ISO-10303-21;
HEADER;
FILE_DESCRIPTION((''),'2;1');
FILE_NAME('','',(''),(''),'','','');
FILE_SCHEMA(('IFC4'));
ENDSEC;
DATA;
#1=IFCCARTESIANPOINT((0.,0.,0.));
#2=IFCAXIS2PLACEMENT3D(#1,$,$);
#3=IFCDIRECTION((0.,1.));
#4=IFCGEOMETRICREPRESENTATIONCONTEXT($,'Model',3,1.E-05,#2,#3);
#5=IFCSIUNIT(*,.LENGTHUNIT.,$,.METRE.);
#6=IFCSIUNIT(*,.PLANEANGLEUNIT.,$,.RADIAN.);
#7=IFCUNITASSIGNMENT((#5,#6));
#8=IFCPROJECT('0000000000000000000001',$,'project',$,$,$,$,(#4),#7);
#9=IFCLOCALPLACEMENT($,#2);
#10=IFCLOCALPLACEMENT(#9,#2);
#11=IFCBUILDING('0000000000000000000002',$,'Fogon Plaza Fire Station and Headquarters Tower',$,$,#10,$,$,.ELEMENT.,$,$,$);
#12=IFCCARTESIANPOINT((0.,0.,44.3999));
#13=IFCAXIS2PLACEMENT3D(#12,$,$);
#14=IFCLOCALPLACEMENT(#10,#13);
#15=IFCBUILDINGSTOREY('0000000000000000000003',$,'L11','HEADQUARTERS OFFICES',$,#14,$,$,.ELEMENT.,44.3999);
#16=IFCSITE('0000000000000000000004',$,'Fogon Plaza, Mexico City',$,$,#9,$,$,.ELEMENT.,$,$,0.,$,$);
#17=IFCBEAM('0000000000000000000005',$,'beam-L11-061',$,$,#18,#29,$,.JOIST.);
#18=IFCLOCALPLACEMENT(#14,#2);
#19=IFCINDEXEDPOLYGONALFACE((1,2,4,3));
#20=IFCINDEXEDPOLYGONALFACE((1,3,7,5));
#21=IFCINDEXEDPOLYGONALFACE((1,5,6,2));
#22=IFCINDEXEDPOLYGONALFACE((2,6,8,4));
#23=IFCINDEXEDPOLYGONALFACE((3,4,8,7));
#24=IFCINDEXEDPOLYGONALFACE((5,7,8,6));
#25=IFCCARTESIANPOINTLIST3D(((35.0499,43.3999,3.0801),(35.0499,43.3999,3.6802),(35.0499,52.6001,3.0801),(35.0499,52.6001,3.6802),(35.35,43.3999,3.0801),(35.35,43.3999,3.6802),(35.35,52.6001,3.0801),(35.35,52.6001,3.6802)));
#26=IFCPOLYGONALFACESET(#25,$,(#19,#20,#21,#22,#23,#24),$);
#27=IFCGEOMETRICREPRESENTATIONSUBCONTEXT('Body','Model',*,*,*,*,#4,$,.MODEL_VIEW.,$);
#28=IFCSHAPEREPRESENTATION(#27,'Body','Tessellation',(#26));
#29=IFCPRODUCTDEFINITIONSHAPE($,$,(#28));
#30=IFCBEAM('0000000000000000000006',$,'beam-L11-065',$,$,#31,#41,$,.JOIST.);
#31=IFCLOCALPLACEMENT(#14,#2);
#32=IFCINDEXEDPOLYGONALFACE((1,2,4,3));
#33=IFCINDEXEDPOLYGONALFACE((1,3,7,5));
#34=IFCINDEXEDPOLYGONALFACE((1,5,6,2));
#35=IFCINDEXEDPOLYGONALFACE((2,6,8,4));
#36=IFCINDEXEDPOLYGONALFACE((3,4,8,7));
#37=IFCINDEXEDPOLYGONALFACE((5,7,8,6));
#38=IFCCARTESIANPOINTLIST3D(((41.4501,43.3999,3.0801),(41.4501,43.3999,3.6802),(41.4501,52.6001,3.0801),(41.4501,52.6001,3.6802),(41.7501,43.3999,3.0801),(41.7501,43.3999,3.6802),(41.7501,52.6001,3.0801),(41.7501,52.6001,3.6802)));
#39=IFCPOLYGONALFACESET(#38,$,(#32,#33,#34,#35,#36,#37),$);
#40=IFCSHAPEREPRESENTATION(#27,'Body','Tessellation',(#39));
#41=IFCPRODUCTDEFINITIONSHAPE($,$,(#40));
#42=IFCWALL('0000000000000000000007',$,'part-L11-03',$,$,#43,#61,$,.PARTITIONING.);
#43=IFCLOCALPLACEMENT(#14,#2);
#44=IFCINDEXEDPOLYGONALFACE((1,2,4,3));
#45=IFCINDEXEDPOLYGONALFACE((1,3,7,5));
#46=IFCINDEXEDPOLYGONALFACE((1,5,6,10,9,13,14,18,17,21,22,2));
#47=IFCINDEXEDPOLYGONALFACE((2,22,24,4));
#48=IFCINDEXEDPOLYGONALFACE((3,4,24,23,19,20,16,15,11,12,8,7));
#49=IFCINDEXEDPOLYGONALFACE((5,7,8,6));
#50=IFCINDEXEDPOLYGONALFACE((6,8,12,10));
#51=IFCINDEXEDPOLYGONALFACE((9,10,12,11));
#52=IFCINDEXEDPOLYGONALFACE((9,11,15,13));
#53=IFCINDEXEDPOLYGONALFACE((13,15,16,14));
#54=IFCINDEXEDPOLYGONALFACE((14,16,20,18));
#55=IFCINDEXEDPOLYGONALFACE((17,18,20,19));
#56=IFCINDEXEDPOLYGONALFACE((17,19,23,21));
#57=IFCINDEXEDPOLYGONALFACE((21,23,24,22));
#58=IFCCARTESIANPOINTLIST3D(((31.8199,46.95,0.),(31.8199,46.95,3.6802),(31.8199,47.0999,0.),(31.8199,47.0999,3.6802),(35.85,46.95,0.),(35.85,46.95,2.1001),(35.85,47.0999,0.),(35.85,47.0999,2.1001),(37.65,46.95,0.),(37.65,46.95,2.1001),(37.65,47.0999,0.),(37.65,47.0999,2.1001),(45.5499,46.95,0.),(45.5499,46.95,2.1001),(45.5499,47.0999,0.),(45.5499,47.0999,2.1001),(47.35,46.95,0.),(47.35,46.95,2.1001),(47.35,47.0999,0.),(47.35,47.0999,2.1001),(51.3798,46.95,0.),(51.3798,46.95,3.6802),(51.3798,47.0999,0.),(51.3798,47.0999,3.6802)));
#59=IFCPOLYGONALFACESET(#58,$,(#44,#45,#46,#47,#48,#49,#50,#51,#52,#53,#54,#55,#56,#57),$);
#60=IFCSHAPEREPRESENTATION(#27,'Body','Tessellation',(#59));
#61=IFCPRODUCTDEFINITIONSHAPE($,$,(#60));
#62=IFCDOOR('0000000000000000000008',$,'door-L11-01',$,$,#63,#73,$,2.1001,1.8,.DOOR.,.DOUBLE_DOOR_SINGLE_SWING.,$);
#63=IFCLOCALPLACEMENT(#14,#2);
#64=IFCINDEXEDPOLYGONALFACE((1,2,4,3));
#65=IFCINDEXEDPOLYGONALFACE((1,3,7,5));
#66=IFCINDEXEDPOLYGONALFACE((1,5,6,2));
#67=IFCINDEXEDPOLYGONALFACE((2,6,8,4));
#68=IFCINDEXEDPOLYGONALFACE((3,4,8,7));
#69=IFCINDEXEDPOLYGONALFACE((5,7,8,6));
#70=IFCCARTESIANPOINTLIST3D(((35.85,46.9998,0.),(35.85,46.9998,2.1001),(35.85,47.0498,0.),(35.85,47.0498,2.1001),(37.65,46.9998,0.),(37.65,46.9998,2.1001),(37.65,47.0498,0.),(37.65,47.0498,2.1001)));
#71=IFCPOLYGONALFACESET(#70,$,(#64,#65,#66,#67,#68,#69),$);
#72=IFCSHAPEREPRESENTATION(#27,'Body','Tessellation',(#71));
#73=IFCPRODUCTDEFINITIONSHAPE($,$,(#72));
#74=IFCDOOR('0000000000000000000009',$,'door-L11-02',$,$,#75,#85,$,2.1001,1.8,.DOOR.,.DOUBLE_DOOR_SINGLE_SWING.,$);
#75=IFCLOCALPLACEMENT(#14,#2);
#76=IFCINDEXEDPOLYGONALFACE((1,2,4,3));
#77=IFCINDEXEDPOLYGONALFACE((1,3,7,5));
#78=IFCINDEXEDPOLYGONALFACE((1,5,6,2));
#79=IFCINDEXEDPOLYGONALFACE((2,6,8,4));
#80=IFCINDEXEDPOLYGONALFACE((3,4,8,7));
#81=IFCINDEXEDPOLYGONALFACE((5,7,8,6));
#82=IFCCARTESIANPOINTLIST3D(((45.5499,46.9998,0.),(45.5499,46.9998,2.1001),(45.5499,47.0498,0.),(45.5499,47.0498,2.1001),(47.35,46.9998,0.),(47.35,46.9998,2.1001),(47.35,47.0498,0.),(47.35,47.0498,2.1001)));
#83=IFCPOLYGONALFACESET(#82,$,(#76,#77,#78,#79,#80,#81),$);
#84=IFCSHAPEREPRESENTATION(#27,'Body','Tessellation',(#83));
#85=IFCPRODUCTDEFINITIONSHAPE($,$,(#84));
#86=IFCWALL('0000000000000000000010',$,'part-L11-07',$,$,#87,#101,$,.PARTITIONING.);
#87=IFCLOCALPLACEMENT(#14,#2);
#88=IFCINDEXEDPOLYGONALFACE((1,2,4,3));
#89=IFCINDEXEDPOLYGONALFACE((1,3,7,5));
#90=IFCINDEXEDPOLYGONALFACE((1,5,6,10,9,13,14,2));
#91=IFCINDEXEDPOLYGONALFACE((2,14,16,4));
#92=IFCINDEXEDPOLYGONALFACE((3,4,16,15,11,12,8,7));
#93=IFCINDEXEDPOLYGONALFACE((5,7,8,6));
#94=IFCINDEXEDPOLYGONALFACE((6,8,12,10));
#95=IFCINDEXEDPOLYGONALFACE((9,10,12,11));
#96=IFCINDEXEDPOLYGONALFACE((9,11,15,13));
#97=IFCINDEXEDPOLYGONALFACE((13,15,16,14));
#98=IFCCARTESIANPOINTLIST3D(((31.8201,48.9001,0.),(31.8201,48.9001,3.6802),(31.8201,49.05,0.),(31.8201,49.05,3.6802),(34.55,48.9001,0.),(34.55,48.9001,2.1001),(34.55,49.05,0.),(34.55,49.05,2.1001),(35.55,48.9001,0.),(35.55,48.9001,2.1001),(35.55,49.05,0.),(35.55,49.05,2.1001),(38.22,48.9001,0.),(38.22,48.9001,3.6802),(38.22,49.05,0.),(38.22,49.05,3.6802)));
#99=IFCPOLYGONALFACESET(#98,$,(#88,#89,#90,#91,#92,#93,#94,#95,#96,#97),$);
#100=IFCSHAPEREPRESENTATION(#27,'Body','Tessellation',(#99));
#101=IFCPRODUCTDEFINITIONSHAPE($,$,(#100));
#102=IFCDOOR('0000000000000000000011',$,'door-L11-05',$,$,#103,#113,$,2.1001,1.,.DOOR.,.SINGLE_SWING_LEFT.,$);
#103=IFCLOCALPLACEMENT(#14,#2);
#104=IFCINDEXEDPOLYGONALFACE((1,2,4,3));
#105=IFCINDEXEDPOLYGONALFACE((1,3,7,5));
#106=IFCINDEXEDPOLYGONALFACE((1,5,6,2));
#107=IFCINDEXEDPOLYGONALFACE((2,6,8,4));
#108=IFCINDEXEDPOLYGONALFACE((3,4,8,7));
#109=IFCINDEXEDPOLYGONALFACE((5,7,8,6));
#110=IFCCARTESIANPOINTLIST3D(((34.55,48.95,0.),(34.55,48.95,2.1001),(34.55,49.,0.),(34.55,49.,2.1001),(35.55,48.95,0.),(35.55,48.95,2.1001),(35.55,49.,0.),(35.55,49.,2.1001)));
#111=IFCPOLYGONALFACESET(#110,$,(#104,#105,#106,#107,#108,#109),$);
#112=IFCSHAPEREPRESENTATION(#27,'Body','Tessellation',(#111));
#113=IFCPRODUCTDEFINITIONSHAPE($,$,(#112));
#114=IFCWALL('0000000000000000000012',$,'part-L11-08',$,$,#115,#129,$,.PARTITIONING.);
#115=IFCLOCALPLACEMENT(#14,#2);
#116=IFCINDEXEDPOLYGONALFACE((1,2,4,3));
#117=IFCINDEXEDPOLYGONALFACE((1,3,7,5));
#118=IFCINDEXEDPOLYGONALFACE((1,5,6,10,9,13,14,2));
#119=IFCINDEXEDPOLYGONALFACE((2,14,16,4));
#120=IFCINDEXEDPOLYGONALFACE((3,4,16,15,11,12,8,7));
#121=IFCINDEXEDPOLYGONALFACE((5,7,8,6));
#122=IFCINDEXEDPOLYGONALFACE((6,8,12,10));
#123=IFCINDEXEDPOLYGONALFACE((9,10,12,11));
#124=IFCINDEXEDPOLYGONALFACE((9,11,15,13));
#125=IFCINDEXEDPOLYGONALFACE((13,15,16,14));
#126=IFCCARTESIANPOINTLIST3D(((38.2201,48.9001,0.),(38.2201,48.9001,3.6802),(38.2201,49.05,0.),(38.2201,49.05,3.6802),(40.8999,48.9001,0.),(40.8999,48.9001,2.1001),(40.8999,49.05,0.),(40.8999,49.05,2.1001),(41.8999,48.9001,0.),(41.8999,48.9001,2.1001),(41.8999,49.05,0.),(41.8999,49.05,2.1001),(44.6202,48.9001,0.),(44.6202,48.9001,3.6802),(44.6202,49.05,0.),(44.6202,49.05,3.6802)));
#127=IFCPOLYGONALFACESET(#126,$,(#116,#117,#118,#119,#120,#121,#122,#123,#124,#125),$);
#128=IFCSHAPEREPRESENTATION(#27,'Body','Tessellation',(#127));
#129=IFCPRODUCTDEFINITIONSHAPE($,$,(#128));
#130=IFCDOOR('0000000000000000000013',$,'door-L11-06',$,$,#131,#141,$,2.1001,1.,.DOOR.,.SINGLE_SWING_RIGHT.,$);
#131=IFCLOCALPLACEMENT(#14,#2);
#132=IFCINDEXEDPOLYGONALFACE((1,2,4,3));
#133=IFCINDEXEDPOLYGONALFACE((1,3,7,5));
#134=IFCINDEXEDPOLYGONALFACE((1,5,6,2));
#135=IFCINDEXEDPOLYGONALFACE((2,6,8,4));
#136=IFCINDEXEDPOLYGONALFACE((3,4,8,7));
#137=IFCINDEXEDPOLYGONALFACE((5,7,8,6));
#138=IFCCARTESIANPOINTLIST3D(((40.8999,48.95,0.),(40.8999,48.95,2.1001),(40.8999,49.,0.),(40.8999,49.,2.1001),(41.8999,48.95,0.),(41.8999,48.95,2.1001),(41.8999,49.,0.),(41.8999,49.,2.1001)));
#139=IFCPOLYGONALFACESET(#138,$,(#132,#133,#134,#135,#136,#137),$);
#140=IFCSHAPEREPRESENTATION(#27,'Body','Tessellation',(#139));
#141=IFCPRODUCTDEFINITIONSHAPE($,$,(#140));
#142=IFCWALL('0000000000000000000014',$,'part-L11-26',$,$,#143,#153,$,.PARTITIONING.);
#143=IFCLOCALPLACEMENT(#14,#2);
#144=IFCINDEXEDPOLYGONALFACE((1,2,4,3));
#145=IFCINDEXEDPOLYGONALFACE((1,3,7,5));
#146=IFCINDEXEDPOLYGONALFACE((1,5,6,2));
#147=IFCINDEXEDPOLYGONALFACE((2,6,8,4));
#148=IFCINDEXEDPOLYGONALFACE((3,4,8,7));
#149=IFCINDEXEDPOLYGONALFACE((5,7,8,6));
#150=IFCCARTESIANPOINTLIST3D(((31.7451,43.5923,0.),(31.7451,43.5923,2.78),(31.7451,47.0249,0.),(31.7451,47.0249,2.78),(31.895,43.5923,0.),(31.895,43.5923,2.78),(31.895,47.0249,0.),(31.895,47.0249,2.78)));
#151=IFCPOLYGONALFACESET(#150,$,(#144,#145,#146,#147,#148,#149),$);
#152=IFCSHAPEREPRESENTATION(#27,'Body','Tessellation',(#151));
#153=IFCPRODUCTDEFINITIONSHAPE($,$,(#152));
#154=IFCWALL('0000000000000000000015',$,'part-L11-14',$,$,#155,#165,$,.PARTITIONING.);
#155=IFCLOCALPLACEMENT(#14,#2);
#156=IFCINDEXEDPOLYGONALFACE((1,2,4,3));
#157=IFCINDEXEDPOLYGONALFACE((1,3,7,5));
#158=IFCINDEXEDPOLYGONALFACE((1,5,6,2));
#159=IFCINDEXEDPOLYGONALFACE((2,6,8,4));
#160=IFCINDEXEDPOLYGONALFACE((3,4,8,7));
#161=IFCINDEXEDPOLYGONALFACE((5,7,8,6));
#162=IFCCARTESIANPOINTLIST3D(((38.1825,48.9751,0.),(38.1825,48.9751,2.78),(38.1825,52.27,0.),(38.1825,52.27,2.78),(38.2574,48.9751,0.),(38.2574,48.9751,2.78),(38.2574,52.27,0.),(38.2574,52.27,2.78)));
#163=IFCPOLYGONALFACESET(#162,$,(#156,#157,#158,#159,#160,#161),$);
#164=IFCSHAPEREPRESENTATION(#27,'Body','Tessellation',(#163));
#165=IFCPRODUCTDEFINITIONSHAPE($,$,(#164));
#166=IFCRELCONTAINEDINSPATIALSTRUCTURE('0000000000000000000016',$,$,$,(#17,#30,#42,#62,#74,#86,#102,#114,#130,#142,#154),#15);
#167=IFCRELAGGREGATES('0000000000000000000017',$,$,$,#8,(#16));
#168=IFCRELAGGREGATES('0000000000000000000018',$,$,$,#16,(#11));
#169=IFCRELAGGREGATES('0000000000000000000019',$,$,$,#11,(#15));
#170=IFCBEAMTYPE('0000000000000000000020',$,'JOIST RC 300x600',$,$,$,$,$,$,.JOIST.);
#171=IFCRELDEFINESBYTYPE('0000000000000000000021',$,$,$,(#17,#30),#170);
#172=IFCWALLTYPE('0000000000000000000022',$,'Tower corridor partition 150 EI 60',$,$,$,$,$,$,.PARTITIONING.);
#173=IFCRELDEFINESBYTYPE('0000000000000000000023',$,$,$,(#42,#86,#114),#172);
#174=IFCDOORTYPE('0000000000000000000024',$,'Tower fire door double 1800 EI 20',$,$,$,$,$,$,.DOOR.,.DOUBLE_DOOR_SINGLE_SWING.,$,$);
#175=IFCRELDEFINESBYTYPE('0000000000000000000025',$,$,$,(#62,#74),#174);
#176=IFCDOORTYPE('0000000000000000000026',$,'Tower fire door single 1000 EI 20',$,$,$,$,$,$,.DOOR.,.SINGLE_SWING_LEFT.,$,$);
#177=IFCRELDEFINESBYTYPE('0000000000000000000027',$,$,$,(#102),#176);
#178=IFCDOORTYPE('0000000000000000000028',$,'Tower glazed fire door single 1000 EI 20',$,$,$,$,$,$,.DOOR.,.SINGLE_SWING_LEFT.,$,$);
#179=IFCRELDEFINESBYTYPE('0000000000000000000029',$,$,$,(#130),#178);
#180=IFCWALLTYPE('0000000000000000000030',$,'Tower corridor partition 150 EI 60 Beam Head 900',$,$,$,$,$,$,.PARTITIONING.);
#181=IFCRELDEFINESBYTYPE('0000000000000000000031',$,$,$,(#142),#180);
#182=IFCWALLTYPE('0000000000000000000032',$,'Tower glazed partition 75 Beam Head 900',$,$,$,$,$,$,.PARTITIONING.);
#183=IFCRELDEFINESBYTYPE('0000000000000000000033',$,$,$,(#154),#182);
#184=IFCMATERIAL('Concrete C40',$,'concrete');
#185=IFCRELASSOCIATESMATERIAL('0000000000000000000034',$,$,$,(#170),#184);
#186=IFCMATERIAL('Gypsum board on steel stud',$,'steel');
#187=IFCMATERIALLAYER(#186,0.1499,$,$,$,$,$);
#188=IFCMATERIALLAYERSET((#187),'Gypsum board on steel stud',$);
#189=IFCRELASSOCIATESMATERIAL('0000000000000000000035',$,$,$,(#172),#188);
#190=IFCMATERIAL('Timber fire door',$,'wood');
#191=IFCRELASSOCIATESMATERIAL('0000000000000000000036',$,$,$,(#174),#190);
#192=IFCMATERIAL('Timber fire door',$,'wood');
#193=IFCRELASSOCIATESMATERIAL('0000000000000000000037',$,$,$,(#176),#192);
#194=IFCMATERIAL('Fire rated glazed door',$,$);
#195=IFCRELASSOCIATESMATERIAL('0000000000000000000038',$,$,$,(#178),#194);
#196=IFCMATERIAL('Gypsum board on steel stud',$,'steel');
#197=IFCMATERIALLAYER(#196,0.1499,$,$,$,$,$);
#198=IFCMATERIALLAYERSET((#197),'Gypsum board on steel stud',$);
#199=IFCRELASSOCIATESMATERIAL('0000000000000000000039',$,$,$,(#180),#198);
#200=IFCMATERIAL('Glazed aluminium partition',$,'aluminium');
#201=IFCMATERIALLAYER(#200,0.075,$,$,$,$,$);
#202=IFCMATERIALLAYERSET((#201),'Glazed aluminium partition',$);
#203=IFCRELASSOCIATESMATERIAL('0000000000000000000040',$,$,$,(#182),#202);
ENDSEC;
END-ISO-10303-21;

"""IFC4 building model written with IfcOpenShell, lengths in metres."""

from ifc_helpers import new_model, si_unit, direction, frame, frame_2d, origin, origin_2d, place, context, subcontext, project, spatial, rectangle, extrude, material, layer, layer_set, material_profile, profile_set, type_object, element, fill, save


model = new_model("IFC4")

# Units and contexts
model_context = context("Model", 3, precision=1e-05, world=origin(), true_north=direction((0.0, 1.0)))
body_context = subcontext(model_context, "Body", "Model", "MODEL_VIEW")
ifc_project = project(units=[si_unit("LENGTHUNIT", "METRE"), si_unit("PLANEANGLEUNIT", "RADIAN")], contexts=[model_context])

# Site, building, storey
site_placement = place(None, origin())
site = spatial("IfcSite", under=ifc_project, at=site_placement, Name="Fogon Plaza, Mexico City", CompositionType="ELEMENT", RefElevation=0.0)
building_placement = place(site_placement, origin())
building = spatial("IfcBuilding", under=site, at=building_placement, Name="Fogon Plaza Fire Station and Headquarters Tower", CompositionType="ELEMENT")
storey_placement = place(building_placement, frame((0.0, 0.0, 44.3999)))
storey = spatial("IfcBuildingStorey", under=building, at=storey_placement, Name="L11", Description="HEADQUARTERS OFFICES", CompositionType="ELEMENT", Elevation=44.3999)

# Beams
ifc_material_1 = material(Name="Concrete C40", Category="concrete")
ifc_material_profile_1 = material_profile(ifc_material_1, rectangle(XDim=0.3, YDim=0.6001, at=origin_2d()), Name="RC 300x600")
ifc_profile_set_1 = profile_set([ifc_material_profile_1], Name="Concrete C40")
beam_type_1 = type_object("IfcBeamType", Name="JOIST RC 300x600", PredefinedType="JOIST", material=ifc_profile_set_1)
for number, where, z_axis, x_axis, name in (
    (1, (35.2, 43.3999, 3.3801), (0.0, 1.0, 0.0), (-1.0, 0.0, 0.0), "beam-L11-061"),
    (2, (41.6001, 43.3999, 3.3801), (0.0, 1.0, 0.0), (-1.0, 0.0, 0.0), "beam-L11-065"),
):
    element("IfcBeam", number, at=place(storey_placement, frame(where, z_axis=z_axis, x_axis=x_axis)), inside=storey, type_object=beam_type_1, Name=name, PredefinedType="JOIST", context=body_context, shape_type="SweptSolid", body=[
        extrude(rectangle(XDim=0.3, YDim=0.6001, at=origin_2d()), origin(), (0.0, 0.0, 1.0), 9.2002),
    ])

# Wall, openings, doors
ifc_material_2 = material(Name="Gypsum board on steel stud", Category="steel")
ifc_layer_1 = layer(ifc_material_2, 0.1499)
ifc_layer_set_1 = layer_set([ifc_layer_1], Name="Gypsum board on steel stud")
wall_type_1 = type_object("IfcWallType", Name="Tower corridor partition 150 EI 60", PredefinedType="PARTITIONING", material=ifc_layer_set_1)
wall_1_placement = place(storey_placement, frame((31.8201, 47.0249, 0.0), z_axis=(0.0, 0.0, 1.0), x_axis=(1.0, 0.0, 0.0)))
wall_1 = element("IfcWall", 3, at=wall_1_placement, inside=storey, type_object=wall_type_1, Name="part-L11-03", PredefinedType="PARTITIONING", context=body_context, shape_type="SweptSolid", body=[
    extrude(rectangle(XDim=19.5598, YDim=0.1499, at=frame_2d((9.7798, 0.0))), origin(), (0.0, 0.0, 1.0), 3.6802),
])
opening_1_placement = place(wall_1_placement, frame((4.03, 0.0, 0.0)))
opening_1 = element("IfcOpeningElement", 4, at=opening_1_placement, cuts=wall_1, PredefinedType="OPENING", context=body_context, shape_type="SweptSolid", body=[
    extrude(rectangle(XDim=1.8, YDim=2.1001, at=frame_2d((0.8999, 1.05))), frame((0.0, 0.085, 0.0), z_axis=(0.0, -1.0, 0.0), x_axis=(1.0, 0.0, 0.0)), (0.0, 0.0, 1.0), 0.1699),
])
opening_2_placement = place(wall_1_placement, frame((13.73, 0.0, 0.0)))
opening_2 = element("IfcOpeningElement", 5, at=opening_2_placement, cuts=wall_1, PredefinedType="OPENING", context=body_context, shape_type="SweptSolid", body=[
    extrude(rectangle(XDim=1.8, YDim=2.1001, at=frame_2d((0.8999, 1.05))), frame((0.0, 0.085, 0.0), z_axis=(0.0, -1.0, 0.0), x_axis=(1.0, 0.0, 0.0)), (0.0, 0.0, 1.0), 0.1699),
])
ifc_material_3 = material(Name="Timber fire door", Category="wood")
door_type_1 = type_object("IfcDoorType", Name="Tower fire door double 1800 EI 20", OperationType="DOUBLE_DOOR_SINGLE_SWING", PredefinedType="DOOR", material=ifc_material_3)
door_1_placement = place(opening_1_placement, origin())
door_1 = element("IfcDoor", 6, at=door_1_placement, inside=storey, type_object=door_type_1, Name="door-L11-01", OperationType="DOUBLE_DOOR_SINGLE_SWING", OverallHeight=2.1001, OverallWidth=1.8, PredefinedType="DOOR", context=body_context, shape_type="SweptSolid", body=[
    extrude(rectangle(XDim=1.8, YDim=2.1001, at=frame_2d((0.8999, 1.05))), frame((0.0, 0.0249, 0.0), z_axis=(0.0, -1.0, 0.0), x_axis=(1.0, 0.0, 0.0)), (0.0, 0.0, 1.0), 0.05),
])
fill(opening_1, door_1)
door_2_placement = place(opening_2_placement, origin())
door_2 = element("IfcDoor", 7, at=door_2_placement, inside=storey, type_object=door_type_1, Name="door-L11-02", OperationType="DOUBLE_DOOR_SINGLE_SWING", OverallHeight=2.1001, OverallWidth=1.8, PredefinedType="DOOR", context=body_context, shape_type="SweptSolid", body=[
    extrude(rectangle(XDim=1.8, YDim=2.1001, at=frame_2d((0.8999, 1.05))), frame((0.0, 0.0249, 0.0), z_axis=(0.0, -1.0, 0.0), x_axis=(1.0, 0.0, 0.0)), (0.0, 0.0, 1.0), 0.05),
])
fill(opening_2, door_2)

# Walls, openings, doors
wall_2_placement = place(storey_placement, frame((31.8201, 48.9751, 0.0), z_axis=(0.0, 0.0, 1.0), x_axis=(1.0, 0.0, 0.0)))
wall_2 = element("IfcWall", 8, at=wall_2_placement, inside=storey, type_object=wall_type_1, Name="part-L11-07", PredefinedType="PARTITIONING", context=body_context, shape_type="SweptSolid", body=[
    extrude(rectangle(XDim=6.3999, YDim=0.1499, at=frame_2d((3.2, 0.0))), origin(), (0.0, 0.0, 1.0), 3.6802),
])
opening_3_placement = place(wall_2_placement, frame((2.73, 0.0, 0.0)))
opening_3 = element("IfcOpeningElement", 9, at=opening_3_placement, cuts=wall_2, PredefinedType="OPENING", context=body_context, shape_type="SweptSolid", body=[
    extrude(rectangle(XDim=1.0, YDim=2.1001, at=frame_2d((0.5, 1.05))), frame((0.0, 0.085, 0.0), z_axis=(0.0, -1.0, 0.0), x_axis=(1.0, 0.0, 0.0)), (0.0, 0.0, 1.0), 0.1699),
])
ifc_material_4 = material(Name="Timber fire door", Category="wood")
door_type_2 = type_object("IfcDoorType", Name="Tower fire door single 1000 EI 20", OperationType="SINGLE_SWING_LEFT", PredefinedType="DOOR", material=ifc_material_4)
door_3_placement = place(opening_3_placement, origin())
door_3 = element("IfcDoor", 10, at=door_3_placement, inside=storey, type_object=door_type_2, Name="door-L11-05", OperationType="SINGLE_SWING_LEFT", OverallHeight=2.1001, OverallWidth=1.0, PredefinedType="DOOR", context=body_context, shape_type="SweptSolid", body=[
    extrude(rectangle(XDim=1.0, YDim=2.1001, at=frame_2d((0.5, 1.05))), frame((0.0, 0.0249, 0.0), z_axis=(0.0, -1.0, 0.0), x_axis=(1.0, 0.0, 0.0)), (0.0, 0.0, 1.0), 0.05),
])
fill(opening_3, door_3)
wall_3_placement = place(storey_placement, frame((38.22, 48.9751, 0.0), z_axis=(0.0, 0.0, 1.0), x_axis=(1.0, 0.0, 0.0)))
wall_3 = element("IfcWall", 11, at=wall_3_placement, inside=storey, type_object=wall_type_1, Name="part-L11-08", PredefinedType="PARTITIONING", context=body_context, shape_type="SweptSolid", body=[
    extrude(rectangle(XDim=6.4001, YDim=0.1499, at=frame_2d((3.2002, 0.0))), origin(), (0.0, 0.0, 1.0), 3.6802),
])
opening_4_placement = place(wall_3_placement, frame((2.6799, 0.0, 0.0)))
opening_4 = element("IfcOpeningElement", 12, at=opening_4_placement, cuts=wall_3, PredefinedType="OPENING", context=body_context, shape_type="SweptSolid", body=[
    extrude(rectangle(XDim=1.0, YDim=2.1001, at=frame_2d((0.5, 1.05))), frame((0.0, 0.085, 0.0), z_axis=(0.0, -1.0, 0.0), x_axis=(1.0, 0.0, 0.0)), (0.0, 0.0, 1.0), 0.1699),
])
ifc_material_5 = material(Name="Fire rated glazed door")
door_type_3 = type_object("IfcDoorType", Name="Tower glazed fire door single 1000 EI 20", OperationType="SINGLE_SWING_LEFT", PredefinedType="DOOR", material=ifc_material_5)
door_4_placement = place(opening_4_placement, origin())
door_4 = element("IfcDoor", 13, at=door_4_placement, inside=storey, type_object=door_type_3, Name="door-L11-06", OperationType="SINGLE_SWING_RIGHT", OverallHeight=2.1001, OverallWidth=1.0, PredefinedType="DOOR", context=body_context, shape_type="SweptSolid", body=[
    extrude(rectangle(XDim=1.0, YDim=2.1001, at=frame_2d((0.5, 1.05))), frame((0.0, 0.0249, 0.0), z_axis=(0.0, -1.0, 0.0), x_axis=(1.0, 0.0, 0.0)), (0.0, 0.0, 1.0), 0.05),
])
fill(opening_4, door_4)

# Walls
ifc_material_6 = material(Name="Gypsum board on steel stud", Category="steel")
ifc_layer_2 = layer(ifc_material_6, 0.1499)
ifc_layer_set_2 = layer_set([ifc_layer_2], Name="Gypsum board on steel stud")
wall_type_2 = type_object("IfcWallType", Name="Tower corridor partition 150 EI 60 Beam Head 900", PredefinedType="PARTITIONING", material=ifc_layer_set_2)
wall_4_placement = place(storey_placement, frame((31.8201, 43.5923, 0.0), z_axis=(0.0, 0.0, 1.0), x_axis=(0.0, 1.0, 0.0)))
element("IfcWall", 14, at=wall_4_placement, inside=storey, type_object=wall_type_2, Name="part-L11-26", PredefinedType="PARTITIONING", context=body_context, shape_type="SweptSolid", body=[
    extrude(rectangle(XDim=3.4326, YDim=0.1499, at=frame_2d((1.7163, 0.0))), origin(), (0.0, 0.0, 1.0), 2.78),
])
ifc_material_7 = material(Name="Glazed aluminium partition", Category="aluminium")
ifc_layer_3 = layer(ifc_material_7, 0.075)
ifc_layer_set_3 = layer_set([ifc_layer_3], Name="Glazed aluminium partition")
wall_type_3 = type_object("IfcWallType", Name="Tower glazed partition 75 Beam Head 900", PredefinedType="PARTITIONING", material=ifc_layer_set_3)
wall_5_placement = place(storey_placement, frame((38.22, 48.9751, 0.0), z_axis=(0.0, 0.0, 1.0), x_axis=(0.0, 1.0, 0.0)))
element("IfcWall", 15, at=wall_5_placement, inside=storey, type_object=wall_type_3, Name="part-L11-14", PredefinedType="PARTITIONING", context=body_context, shape_type="SweptSolid", body=[
    extrude(rectangle(XDim=3.2949, YDim=0.075, at=frame_2d((1.6475, 0.0))), origin(), (0.0, 0.0, 1.0), 2.78),
])

save(model, "model.ifc")
